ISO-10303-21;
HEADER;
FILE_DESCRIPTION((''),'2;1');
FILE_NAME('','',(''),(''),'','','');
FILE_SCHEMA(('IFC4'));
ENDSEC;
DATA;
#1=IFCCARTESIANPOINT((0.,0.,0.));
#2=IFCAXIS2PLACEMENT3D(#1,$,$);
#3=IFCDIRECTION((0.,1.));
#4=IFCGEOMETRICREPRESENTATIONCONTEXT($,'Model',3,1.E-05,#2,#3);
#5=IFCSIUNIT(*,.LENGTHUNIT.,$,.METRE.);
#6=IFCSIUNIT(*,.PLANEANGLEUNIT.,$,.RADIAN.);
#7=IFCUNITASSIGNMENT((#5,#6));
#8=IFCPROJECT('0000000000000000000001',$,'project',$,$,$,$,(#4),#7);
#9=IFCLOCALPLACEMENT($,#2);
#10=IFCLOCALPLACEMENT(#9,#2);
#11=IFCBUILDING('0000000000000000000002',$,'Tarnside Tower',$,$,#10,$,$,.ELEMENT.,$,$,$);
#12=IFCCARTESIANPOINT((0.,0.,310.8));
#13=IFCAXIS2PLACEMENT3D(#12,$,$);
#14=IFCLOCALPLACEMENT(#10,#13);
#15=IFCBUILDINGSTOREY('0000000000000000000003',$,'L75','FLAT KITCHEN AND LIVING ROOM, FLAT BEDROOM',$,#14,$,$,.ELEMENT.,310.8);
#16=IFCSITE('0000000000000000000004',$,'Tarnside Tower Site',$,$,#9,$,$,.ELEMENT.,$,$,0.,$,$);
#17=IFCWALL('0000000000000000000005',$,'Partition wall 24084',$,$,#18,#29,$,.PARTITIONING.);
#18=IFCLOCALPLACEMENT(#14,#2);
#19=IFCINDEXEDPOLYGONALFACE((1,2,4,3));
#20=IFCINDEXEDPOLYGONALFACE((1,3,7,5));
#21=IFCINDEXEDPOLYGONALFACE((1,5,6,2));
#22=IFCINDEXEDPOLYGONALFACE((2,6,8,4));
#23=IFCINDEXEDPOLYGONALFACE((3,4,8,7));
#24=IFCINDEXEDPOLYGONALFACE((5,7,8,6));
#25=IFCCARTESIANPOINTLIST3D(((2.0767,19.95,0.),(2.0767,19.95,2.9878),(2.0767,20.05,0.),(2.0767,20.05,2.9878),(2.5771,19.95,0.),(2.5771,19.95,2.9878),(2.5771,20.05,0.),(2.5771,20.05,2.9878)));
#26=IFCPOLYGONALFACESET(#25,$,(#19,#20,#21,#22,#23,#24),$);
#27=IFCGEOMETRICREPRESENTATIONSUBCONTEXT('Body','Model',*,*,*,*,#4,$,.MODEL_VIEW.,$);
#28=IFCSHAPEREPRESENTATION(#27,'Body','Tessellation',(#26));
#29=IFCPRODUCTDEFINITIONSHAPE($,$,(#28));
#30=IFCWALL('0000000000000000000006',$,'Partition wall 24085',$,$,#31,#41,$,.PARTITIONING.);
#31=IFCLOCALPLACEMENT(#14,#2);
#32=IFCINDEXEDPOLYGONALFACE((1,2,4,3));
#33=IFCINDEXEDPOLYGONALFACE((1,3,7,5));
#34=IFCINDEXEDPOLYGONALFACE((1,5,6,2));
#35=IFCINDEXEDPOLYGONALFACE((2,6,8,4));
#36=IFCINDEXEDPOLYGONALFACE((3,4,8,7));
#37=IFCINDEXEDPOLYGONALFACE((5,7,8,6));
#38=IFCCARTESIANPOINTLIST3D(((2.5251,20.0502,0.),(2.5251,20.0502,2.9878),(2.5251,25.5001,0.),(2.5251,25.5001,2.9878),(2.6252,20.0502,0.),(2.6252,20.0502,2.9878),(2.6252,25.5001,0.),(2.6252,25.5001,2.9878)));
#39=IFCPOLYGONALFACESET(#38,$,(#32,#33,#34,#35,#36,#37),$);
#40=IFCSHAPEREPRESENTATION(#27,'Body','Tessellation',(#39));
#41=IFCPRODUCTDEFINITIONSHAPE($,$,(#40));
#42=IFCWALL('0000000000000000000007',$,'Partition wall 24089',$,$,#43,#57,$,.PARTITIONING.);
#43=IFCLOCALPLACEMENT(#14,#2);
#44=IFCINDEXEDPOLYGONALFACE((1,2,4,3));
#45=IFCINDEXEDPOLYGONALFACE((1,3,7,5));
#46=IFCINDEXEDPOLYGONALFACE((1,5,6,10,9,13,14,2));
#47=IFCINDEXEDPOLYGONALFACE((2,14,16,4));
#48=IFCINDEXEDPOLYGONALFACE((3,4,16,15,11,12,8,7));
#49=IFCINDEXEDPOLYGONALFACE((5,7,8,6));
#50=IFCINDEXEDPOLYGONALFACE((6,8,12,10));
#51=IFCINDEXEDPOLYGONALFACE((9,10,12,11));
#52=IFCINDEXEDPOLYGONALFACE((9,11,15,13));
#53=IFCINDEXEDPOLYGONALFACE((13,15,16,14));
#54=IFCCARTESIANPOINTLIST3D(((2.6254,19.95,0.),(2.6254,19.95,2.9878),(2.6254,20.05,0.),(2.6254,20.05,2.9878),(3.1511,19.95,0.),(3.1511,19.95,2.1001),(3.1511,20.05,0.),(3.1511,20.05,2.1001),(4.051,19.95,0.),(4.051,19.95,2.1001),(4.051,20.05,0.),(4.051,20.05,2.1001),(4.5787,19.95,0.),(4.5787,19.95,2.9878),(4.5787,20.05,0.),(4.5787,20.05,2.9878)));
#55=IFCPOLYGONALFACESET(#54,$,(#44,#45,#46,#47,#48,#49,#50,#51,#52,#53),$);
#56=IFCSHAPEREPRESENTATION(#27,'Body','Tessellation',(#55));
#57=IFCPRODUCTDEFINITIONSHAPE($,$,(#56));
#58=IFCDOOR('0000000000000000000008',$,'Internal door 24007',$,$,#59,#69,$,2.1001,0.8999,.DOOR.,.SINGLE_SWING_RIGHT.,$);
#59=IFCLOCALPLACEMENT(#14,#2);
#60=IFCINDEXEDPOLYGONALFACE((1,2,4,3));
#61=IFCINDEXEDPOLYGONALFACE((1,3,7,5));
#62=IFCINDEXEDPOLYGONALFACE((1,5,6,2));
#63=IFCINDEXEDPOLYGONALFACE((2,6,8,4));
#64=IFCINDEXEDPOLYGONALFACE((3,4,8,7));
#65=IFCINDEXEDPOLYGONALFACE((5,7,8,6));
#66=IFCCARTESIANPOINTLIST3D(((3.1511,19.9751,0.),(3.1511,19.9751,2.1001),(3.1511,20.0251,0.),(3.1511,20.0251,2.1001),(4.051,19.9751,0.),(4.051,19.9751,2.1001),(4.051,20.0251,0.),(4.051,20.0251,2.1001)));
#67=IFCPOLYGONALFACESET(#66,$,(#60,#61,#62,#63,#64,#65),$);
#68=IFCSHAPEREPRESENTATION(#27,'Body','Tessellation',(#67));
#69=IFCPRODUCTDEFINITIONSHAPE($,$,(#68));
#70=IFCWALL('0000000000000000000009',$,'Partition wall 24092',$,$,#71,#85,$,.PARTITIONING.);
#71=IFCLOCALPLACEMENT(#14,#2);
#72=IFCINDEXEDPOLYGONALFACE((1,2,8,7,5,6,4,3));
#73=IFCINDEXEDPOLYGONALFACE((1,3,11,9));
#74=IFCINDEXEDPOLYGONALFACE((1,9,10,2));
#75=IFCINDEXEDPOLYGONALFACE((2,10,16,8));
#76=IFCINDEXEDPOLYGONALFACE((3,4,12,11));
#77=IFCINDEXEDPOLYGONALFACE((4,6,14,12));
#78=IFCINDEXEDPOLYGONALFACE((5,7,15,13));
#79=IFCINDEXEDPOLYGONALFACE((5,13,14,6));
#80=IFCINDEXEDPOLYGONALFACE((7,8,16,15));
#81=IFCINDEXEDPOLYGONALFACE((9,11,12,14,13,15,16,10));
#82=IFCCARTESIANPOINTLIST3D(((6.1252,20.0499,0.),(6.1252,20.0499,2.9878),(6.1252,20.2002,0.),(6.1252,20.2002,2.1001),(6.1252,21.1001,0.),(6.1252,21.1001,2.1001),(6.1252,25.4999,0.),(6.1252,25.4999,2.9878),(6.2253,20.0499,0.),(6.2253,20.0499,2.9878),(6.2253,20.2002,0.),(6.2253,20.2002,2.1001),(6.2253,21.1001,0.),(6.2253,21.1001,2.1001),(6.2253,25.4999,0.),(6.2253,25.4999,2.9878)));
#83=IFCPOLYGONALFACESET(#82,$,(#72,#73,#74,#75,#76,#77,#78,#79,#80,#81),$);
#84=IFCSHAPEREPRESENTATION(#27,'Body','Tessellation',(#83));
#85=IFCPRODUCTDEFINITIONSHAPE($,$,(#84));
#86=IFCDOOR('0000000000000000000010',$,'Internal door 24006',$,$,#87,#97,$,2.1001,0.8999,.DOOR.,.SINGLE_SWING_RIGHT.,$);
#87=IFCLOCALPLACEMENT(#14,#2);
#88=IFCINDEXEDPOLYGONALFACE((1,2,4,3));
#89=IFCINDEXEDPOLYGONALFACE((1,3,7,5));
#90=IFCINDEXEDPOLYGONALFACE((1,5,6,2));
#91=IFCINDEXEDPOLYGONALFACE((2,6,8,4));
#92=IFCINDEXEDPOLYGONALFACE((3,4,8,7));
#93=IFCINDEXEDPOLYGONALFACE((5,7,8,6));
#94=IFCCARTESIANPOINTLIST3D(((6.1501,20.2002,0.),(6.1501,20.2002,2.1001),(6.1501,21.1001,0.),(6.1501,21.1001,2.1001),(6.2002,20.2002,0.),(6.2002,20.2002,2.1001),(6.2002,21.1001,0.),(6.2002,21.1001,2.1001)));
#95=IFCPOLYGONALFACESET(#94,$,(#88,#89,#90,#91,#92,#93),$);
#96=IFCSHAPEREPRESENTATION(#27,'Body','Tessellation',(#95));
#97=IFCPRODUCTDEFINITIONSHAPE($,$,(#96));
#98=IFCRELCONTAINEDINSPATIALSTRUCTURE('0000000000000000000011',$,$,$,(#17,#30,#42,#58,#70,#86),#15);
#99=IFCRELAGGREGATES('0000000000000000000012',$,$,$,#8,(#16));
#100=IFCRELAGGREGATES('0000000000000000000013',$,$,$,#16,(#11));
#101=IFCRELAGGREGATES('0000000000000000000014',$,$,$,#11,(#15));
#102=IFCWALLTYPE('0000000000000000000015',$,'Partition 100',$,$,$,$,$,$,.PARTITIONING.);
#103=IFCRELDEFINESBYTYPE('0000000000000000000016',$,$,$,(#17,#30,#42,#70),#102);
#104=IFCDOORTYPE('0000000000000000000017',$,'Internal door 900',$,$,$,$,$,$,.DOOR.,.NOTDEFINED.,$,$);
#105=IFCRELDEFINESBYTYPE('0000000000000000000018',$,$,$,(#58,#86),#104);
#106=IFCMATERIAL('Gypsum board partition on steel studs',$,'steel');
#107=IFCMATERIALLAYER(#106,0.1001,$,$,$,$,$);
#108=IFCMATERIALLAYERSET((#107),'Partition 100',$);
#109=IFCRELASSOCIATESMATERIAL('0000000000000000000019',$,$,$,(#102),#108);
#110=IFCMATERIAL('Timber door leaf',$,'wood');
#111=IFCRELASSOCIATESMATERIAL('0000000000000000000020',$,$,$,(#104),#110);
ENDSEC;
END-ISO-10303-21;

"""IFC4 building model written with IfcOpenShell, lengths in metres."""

from ifc_helpers import new_model, si_unit, direction, frame, frame_2d, origin, place, context, subcontext, project, spatial, rectangle, extrude, material, layer, layer_set, type_object, element, fill, save


model = new_model("IFC4")

# Units and contexts
model_context = context("Model", 3, precision=1e-05, world=origin(), true_north=direction((0.0, 1.0)))
body_context = subcontext(model_context, "Body", "Model", "MODEL_VIEW")
ifc_project = project(units=[si_unit("LENGTHUNIT", "METRE"), si_unit("PLANEANGLEUNIT", "RADIAN")], contexts=[model_context])

# Site, building, storey
site_placement = place(None, origin())
site = spatial("IfcSite", under=ifc_project, at=site_placement, Name="Tarnside Tower Site", CompositionType="ELEMENT", RefElevation=0.0)
building_placement = place(site_placement, origin())
building = spatial("IfcBuilding", under=site, at=building_placement, Name="Tarnside Tower", CompositionType="ELEMENT")
storey_placement = place(building_placement, frame((0.0, 0.0, 310.8)))
storey = spatial("IfcBuildingStorey", under=building, at=storey_placement, Name="L75", Description="FLAT KITCHEN AND LIVING ROOM, FLAT BEDROOM", CompositionType="ELEMENT", Elevation=310.8)

# Shared definitions
ifc_material_1 = material(Name="Gypsum board partition on steel studs", Category="steel")
ifc_material_2 = material(Name="Timber door leaf", Category="wood")

# Shared definitions
ifc_layer_1 = layer(ifc_material_1, 0.1001)
ifc_layer_set_1 = layer_set([ifc_layer_1], Name="Partition 100")
wall_type_1 = type_object("IfcWallType", Name="Partition 100", PredefinedType="PARTITIONING", material=ifc_layer_set_1)
door_type_1 = type_object("IfcDoorType", Name="Internal door 900", OperationType="NOTDEFINED", PredefinedType="DOOR", material=ifc_material_2)

# Walls
wall_1_placement = place(storey_placement, frame((2.0767, 20.0, 0.0), z_axis=(0.0, 0.0, 1.0), x_axis=(1.0, 0.0, 0.0)))
element("IfcWall", 1, at=wall_1_placement, inside=storey, type_object=wall_type_1, Name="Partition wall 24084", PredefinedType="PARTITIONING", context=body_context, shape_type="SweptSolid", body=[
    extrude(rectangle(XDim=0.5005, YDim=0.1001, at=frame_2d((0.2502, 0.0))), origin(), (0.0, 0.0, 1.0), 2.9878),
])
wall_2_placement = place(storey_placement, frame((2.5752, 20.05, 0.0), z_axis=(0.0, 0.0, 1.0), x_axis=(0.0, 1.0, 0.0)))
element("IfcWall", 2, at=wall_2_placement, inside=storey, type_object=wall_type_1, Name="Partition wall 24085", PredefinedType="PARTITIONING", context=body_context, shape_type="SweptSolid", body=[
    extrude(rectangle(XDim=5.45, YDim=0.1001, at=frame_2d((2.7251, 0.0))), origin(), (0.0, 0.0, 1.0), 2.9878),
])

# Walls, openings, doors
wall_3_placement = place(storey_placement, frame((4.5786, 20.0, 0.0), z_axis=(0.0, 0.0, 1.0), x_axis=(-1.0, 0.0, 0.0)))
wall_3 = element("IfcWall", 3, at=wall_3_placement, inside=storey, type_object=wall_type_1, Name="Partition wall 24089", PredefinedType="PARTITIONING", context=body_context, shape_type="SweptSolid", body=[
    extrude(rectangle(XDim=1.9534, YDim=0.1001, at=frame_2d((0.9766, 0.0))), origin(), (0.0, 0.0, 1.0), 2.9878),
])
opening_1_placement = place(wall_3_placement, frame((0.5276, 0.0, 0.0)))
opening_1 = element("IfcOpeningElement", 4, at=opening_1_placement, cuts=wall_3, PredefinedType="OPENING", context=body_context, shape_type="SweptSolid", body=[
    extrude(rectangle(XDim=0.8999, YDim=2.1001, at=frame_2d((0.45, 1.05))), frame((0.0, 0.0601, 0.0), z_axis=(0.0, -1.0, 0.0), x_axis=(1.0, 0.0, 0.0)), (0.0, 0.0, 1.0), 0.1201),
])
door_1_placement = place(opening_1_placement, origin())
door_1 = element("IfcDoor", 5, at=door_1_placement, inside=storey, type_object=door_type_1, Name="Internal door 24007", OperationType="SINGLE_SWING_RIGHT", OverallHeight=2.1001, OverallWidth=0.8999, PredefinedType="DOOR", context=body_context, shape_type="SweptSolid", body=[
    extrude(rectangle(XDim=0.8999, YDim=2.1001, at=frame_2d((0.45, 1.05))), frame((0.0, 0.0249, 0.0), z_axis=(0.0, -1.0, 0.0), x_axis=(1.0, 0.0, 0.0)), (0.0, 0.0, 1.0), 0.05),
])
fill(opening_1, door_1)
wall_4_placement = place(storey_placement, frame((6.1753, 25.5, 0.0), z_axis=(0.0, 0.0, 1.0), x_axis=(0.0, -1.0, 0.0)))
wall_4 = element("IfcWall", 6, at=wall_4_placement, inside=storey, type_object=wall_type_1, Name="Partition wall 24092", PredefinedType="PARTITIONING", context=body_context, shape_type="SweptSolid", body=[
    extrude(rectangle(XDim=5.45, YDim=0.1001, at=frame_2d((2.7251, 0.0))), origin(), (0.0, 0.0, 1.0), 2.9878),
])
opening_2_placement = place(wall_4_placement, frame((4.3999, 0.0, 0.0)))
opening_2 = element("IfcOpeningElement", 7, at=opening_2_placement, cuts=wall_4, PredefinedType="OPENING", context=body_context, shape_type="SweptSolid", body=[
    extrude(rectangle(XDim=0.8999, YDim=2.1001, at=frame_2d((0.45, 1.05))), frame((0.0, 0.0601, 0.0), z_axis=(0.0, -1.0, 0.0), x_axis=(1.0, 0.0, 0.0)), (0.0, 0.0, 1.0), 0.1201),
])
door_2_placement = place(opening_2_placement, origin())
door_2 = element("IfcDoor", 8, at=door_2_placement, inside=storey, type_object=door_type_1, Name="Internal door 24006", OperationType="SINGLE_SWING_RIGHT", OverallHeight=2.1001, OverallWidth=0.8999, PredefinedType="DOOR", context=body_context, shape_type="SweptSolid", body=[
    extrude(rectangle(XDim=0.8999, YDim=2.1001, at=frame_2d((0.45, 1.05))), frame((0.0, 0.0249, 0.0), z_axis=(0.0, -1.0, 0.0), x_axis=(1.0, 0.0, 0.0)), (0.0, 0.0, 1.0), 0.05),
])
fill(opening_2, door_2)

save(model, "model.ifc")
